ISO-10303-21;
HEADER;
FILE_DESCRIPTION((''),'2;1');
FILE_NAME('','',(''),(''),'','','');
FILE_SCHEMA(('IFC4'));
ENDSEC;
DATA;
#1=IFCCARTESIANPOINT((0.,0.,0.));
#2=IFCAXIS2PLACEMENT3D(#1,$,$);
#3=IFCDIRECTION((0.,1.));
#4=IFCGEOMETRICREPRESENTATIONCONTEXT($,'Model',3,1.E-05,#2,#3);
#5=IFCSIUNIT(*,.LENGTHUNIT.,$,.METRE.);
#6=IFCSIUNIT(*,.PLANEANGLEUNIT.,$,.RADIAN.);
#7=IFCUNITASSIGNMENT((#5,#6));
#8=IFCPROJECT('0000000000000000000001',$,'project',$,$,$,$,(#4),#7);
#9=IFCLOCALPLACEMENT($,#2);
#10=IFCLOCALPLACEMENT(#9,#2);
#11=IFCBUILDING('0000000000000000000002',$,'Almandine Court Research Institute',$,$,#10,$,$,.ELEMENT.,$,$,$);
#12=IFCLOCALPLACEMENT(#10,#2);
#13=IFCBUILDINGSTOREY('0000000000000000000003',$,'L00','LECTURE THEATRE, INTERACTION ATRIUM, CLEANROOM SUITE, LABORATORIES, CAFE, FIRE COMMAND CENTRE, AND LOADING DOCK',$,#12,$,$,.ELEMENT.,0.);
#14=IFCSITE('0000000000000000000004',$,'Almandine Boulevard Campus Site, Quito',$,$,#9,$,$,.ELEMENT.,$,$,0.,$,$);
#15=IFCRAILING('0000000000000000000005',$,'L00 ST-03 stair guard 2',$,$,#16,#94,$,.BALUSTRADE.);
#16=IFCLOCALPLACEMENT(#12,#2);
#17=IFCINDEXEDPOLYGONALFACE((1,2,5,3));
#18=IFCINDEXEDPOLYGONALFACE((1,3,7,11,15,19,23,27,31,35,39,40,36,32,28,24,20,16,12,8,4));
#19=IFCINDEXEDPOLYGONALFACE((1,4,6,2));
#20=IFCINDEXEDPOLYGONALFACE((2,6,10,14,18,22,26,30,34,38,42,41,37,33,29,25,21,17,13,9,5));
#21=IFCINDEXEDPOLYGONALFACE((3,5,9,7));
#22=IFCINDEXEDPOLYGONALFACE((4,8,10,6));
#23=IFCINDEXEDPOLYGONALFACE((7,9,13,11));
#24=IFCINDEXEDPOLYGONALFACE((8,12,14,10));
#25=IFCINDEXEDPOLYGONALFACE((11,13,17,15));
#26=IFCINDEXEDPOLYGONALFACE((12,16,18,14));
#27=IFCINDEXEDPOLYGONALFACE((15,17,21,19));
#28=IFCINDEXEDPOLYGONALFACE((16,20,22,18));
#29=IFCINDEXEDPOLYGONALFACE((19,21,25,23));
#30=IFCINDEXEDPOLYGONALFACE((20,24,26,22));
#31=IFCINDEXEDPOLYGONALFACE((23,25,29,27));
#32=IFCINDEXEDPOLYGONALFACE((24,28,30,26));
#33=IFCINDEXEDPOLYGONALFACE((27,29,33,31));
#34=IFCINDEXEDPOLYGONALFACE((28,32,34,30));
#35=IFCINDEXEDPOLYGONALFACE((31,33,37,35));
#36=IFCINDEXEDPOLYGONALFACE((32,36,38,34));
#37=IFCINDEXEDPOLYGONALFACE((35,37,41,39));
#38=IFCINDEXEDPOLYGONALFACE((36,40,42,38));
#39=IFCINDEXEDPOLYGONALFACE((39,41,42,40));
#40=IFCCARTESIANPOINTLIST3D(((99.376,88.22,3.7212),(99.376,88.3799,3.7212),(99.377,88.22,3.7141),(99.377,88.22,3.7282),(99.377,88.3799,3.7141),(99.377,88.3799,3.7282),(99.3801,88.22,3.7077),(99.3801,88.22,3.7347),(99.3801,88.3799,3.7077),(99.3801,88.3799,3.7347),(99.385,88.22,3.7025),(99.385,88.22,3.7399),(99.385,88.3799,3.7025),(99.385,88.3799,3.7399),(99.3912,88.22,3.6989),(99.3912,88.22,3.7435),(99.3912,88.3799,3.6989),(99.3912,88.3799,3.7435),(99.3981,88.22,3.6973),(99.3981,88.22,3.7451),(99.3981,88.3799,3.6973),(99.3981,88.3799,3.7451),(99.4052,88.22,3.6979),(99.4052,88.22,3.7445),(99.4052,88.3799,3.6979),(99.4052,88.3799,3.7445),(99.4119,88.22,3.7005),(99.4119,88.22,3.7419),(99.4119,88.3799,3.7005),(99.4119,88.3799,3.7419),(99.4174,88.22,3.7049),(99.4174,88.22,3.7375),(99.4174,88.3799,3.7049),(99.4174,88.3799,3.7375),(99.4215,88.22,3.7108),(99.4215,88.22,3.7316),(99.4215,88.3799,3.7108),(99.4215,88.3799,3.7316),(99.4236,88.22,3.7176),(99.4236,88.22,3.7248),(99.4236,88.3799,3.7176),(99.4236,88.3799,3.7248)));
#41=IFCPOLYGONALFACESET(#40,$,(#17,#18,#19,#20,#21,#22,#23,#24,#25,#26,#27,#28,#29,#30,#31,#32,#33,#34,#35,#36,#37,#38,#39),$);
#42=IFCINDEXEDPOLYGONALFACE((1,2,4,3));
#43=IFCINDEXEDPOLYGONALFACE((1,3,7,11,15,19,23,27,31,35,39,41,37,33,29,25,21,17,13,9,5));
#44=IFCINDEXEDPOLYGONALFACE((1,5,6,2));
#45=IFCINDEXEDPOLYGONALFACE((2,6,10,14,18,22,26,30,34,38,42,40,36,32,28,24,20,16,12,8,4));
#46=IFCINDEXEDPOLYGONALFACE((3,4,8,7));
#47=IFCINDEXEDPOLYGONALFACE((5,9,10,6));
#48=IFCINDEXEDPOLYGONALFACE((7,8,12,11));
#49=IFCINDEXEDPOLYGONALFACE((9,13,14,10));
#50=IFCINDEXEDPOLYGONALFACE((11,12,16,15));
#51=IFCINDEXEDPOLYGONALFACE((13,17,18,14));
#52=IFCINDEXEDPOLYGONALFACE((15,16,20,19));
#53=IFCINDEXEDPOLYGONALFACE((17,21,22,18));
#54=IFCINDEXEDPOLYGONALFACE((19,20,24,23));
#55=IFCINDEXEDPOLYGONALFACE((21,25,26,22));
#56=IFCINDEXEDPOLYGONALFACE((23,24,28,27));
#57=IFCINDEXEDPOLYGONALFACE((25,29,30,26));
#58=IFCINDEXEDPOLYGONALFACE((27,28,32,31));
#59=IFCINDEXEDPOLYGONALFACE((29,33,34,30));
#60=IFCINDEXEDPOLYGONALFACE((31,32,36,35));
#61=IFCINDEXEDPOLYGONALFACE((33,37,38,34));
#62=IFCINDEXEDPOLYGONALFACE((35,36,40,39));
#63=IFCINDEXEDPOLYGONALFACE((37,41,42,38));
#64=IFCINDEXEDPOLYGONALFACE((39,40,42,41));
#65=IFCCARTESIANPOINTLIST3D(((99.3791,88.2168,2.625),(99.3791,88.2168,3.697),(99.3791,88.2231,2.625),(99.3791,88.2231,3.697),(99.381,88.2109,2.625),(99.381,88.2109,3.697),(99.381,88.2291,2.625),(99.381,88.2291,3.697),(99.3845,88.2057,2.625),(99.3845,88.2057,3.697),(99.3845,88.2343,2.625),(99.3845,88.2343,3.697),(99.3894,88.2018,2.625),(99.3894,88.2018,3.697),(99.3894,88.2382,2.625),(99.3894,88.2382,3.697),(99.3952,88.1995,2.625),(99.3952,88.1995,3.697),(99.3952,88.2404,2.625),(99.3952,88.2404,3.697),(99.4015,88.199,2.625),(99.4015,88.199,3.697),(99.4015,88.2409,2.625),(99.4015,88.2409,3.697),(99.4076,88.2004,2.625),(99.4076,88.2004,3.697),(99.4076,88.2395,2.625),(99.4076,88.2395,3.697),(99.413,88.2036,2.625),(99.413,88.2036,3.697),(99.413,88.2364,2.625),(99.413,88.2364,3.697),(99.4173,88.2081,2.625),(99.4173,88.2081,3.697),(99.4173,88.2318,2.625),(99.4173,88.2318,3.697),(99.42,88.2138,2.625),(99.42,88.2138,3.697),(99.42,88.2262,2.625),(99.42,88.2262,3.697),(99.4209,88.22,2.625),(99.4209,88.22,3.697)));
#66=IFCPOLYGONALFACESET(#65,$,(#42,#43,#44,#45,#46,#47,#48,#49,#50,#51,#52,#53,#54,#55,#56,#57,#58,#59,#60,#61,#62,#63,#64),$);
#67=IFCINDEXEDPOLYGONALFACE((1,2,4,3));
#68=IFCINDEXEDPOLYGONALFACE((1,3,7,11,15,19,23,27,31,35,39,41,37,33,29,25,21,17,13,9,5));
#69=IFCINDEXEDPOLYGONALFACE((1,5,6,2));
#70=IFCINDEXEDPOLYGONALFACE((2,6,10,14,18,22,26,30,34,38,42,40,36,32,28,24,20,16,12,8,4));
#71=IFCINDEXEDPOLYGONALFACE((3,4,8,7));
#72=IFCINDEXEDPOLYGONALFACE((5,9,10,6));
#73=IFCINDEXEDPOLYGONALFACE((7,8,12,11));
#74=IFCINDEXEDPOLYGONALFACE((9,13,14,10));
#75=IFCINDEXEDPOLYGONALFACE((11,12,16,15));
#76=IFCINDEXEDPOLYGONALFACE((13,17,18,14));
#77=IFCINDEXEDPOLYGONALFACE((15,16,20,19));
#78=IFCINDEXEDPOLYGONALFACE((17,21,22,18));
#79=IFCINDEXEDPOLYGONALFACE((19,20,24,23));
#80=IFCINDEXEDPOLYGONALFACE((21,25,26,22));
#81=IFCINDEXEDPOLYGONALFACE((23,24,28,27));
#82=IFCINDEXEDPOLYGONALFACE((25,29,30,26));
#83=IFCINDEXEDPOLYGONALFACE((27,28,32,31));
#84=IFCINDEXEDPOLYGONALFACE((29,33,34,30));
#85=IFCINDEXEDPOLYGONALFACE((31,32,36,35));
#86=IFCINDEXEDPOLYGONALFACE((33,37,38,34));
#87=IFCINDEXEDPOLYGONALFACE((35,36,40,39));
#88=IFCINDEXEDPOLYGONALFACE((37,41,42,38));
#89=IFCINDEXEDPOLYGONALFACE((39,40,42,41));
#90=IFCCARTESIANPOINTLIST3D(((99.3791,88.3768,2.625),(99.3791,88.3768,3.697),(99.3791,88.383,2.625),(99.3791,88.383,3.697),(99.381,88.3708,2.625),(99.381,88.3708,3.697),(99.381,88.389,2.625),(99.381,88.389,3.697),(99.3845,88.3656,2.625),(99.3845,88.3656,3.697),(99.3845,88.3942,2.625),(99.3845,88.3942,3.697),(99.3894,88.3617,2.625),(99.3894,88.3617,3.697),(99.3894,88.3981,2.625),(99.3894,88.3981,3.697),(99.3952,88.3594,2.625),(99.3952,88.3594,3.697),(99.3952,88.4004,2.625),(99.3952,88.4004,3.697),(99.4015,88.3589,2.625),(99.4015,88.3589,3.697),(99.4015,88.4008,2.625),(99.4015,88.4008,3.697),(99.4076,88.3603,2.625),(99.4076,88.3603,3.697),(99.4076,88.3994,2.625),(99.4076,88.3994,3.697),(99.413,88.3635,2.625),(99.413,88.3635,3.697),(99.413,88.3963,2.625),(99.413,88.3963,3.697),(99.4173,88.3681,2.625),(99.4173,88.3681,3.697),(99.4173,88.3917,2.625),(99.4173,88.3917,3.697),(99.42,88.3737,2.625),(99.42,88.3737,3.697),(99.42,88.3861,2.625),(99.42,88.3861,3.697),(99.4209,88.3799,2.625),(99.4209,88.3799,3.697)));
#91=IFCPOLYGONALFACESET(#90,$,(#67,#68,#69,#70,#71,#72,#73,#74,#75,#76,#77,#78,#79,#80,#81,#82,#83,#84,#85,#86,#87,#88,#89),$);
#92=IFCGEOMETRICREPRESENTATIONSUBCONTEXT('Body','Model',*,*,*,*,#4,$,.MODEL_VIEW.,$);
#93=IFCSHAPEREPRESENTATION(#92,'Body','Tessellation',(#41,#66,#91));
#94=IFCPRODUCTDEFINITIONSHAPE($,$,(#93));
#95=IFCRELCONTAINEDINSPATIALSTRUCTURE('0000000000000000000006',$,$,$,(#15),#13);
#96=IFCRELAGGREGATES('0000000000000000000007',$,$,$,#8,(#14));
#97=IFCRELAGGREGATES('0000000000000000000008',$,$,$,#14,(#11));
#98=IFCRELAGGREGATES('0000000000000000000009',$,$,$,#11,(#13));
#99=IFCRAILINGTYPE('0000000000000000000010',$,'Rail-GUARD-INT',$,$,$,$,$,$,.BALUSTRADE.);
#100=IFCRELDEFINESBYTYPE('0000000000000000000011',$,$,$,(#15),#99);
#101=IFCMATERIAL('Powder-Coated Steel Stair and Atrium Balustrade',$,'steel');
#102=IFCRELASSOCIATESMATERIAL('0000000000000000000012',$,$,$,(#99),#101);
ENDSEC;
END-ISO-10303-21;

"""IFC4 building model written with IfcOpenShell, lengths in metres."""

from ifc_helpers import new_model, si_unit, direction, frame, origin, origin_2d, place, context, subcontext, project, spatial, circle, extrude, material, type_object, element, save


model = new_model("IFC4")

# Units and contexts
model_context = context("Model", 3, precision=1e-05, world=origin(), true_north=direction((0.0, 1.0)))
body_context = subcontext(model_context, "Body", "Model", "MODEL_VIEW")
ifc_project = project(units=[si_unit("LENGTHUNIT", "METRE"), si_unit("PLANEANGLEUNIT", "RADIAN")], contexts=[model_context])

# Site, building, storey
site_placement = place(None, origin())
site = spatial("IfcSite", under=ifc_project, at=site_placement, Name="Almandine Boulevard Campus Site, Quito", CompositionType="ELEMENT", RefElevation=0.0)
building_placement = place(site_placement, origin())
building = spatial("IfcBuilding", under=site, at=building_placement, Name="Almandine Court Research Institute", CompositionType="ELEMENT")
storey_placement = place(building_placement, origin())
storey = spatial("IfcBuildingStorey", under=building, at=storey_placement, Name="L00", Description="LECTURE THEATRE, INTERACTION ATRIUM, CLEANROOM SUITE, LABORATORIES, CAFE, FIRE COMMAND CENTRE, AND LOADING DOCK", CompositionType="ELEMENT", Elevation=0.0)

# Railing
ifc_material_1 = material(Name="Powder-Coated Steel Stair and Atrium Balustrade", Category="steel")
railing_type_1 = type_object("IfcRailingType", Name="Rail-GUARD-INT", PredefinedType="BALUSTRADE", material=ifc_material_1)
railing_1_placement = place(storey_placement, frame((99.3999, 88.22, 2.625)))
element("IfcRailing", 1, at=railing_1_placement, inside=storey, type_object=railing_type_1, Name="L00 ST-03 stair guard 2", PredefinedType="BALUSTRADE", context=body_context, shape_type="SweptSolid", body=[
    extrude(circle(Radius=0.0239, at=origin_2d()), frame((0.0, 0.0, 1.0962), z_axis=(0.0, 1.0, 0.0), x_axis=(-1.0, 0.0, 0.0)), (0.0, 0.0, 1.0), 0.1599),
    extrude(circle(Radius=0.021, at=origin_2d()), origin(), (0.0, 0.0, 1.0), 1.072),
    extrude(circle(Radius=0.021, at=origin_2d()), frame((0.0, 0.1599, 0.0)), (0.0, 0.0, 1.0), 1.072),
])

save(model, "model.ifc")
